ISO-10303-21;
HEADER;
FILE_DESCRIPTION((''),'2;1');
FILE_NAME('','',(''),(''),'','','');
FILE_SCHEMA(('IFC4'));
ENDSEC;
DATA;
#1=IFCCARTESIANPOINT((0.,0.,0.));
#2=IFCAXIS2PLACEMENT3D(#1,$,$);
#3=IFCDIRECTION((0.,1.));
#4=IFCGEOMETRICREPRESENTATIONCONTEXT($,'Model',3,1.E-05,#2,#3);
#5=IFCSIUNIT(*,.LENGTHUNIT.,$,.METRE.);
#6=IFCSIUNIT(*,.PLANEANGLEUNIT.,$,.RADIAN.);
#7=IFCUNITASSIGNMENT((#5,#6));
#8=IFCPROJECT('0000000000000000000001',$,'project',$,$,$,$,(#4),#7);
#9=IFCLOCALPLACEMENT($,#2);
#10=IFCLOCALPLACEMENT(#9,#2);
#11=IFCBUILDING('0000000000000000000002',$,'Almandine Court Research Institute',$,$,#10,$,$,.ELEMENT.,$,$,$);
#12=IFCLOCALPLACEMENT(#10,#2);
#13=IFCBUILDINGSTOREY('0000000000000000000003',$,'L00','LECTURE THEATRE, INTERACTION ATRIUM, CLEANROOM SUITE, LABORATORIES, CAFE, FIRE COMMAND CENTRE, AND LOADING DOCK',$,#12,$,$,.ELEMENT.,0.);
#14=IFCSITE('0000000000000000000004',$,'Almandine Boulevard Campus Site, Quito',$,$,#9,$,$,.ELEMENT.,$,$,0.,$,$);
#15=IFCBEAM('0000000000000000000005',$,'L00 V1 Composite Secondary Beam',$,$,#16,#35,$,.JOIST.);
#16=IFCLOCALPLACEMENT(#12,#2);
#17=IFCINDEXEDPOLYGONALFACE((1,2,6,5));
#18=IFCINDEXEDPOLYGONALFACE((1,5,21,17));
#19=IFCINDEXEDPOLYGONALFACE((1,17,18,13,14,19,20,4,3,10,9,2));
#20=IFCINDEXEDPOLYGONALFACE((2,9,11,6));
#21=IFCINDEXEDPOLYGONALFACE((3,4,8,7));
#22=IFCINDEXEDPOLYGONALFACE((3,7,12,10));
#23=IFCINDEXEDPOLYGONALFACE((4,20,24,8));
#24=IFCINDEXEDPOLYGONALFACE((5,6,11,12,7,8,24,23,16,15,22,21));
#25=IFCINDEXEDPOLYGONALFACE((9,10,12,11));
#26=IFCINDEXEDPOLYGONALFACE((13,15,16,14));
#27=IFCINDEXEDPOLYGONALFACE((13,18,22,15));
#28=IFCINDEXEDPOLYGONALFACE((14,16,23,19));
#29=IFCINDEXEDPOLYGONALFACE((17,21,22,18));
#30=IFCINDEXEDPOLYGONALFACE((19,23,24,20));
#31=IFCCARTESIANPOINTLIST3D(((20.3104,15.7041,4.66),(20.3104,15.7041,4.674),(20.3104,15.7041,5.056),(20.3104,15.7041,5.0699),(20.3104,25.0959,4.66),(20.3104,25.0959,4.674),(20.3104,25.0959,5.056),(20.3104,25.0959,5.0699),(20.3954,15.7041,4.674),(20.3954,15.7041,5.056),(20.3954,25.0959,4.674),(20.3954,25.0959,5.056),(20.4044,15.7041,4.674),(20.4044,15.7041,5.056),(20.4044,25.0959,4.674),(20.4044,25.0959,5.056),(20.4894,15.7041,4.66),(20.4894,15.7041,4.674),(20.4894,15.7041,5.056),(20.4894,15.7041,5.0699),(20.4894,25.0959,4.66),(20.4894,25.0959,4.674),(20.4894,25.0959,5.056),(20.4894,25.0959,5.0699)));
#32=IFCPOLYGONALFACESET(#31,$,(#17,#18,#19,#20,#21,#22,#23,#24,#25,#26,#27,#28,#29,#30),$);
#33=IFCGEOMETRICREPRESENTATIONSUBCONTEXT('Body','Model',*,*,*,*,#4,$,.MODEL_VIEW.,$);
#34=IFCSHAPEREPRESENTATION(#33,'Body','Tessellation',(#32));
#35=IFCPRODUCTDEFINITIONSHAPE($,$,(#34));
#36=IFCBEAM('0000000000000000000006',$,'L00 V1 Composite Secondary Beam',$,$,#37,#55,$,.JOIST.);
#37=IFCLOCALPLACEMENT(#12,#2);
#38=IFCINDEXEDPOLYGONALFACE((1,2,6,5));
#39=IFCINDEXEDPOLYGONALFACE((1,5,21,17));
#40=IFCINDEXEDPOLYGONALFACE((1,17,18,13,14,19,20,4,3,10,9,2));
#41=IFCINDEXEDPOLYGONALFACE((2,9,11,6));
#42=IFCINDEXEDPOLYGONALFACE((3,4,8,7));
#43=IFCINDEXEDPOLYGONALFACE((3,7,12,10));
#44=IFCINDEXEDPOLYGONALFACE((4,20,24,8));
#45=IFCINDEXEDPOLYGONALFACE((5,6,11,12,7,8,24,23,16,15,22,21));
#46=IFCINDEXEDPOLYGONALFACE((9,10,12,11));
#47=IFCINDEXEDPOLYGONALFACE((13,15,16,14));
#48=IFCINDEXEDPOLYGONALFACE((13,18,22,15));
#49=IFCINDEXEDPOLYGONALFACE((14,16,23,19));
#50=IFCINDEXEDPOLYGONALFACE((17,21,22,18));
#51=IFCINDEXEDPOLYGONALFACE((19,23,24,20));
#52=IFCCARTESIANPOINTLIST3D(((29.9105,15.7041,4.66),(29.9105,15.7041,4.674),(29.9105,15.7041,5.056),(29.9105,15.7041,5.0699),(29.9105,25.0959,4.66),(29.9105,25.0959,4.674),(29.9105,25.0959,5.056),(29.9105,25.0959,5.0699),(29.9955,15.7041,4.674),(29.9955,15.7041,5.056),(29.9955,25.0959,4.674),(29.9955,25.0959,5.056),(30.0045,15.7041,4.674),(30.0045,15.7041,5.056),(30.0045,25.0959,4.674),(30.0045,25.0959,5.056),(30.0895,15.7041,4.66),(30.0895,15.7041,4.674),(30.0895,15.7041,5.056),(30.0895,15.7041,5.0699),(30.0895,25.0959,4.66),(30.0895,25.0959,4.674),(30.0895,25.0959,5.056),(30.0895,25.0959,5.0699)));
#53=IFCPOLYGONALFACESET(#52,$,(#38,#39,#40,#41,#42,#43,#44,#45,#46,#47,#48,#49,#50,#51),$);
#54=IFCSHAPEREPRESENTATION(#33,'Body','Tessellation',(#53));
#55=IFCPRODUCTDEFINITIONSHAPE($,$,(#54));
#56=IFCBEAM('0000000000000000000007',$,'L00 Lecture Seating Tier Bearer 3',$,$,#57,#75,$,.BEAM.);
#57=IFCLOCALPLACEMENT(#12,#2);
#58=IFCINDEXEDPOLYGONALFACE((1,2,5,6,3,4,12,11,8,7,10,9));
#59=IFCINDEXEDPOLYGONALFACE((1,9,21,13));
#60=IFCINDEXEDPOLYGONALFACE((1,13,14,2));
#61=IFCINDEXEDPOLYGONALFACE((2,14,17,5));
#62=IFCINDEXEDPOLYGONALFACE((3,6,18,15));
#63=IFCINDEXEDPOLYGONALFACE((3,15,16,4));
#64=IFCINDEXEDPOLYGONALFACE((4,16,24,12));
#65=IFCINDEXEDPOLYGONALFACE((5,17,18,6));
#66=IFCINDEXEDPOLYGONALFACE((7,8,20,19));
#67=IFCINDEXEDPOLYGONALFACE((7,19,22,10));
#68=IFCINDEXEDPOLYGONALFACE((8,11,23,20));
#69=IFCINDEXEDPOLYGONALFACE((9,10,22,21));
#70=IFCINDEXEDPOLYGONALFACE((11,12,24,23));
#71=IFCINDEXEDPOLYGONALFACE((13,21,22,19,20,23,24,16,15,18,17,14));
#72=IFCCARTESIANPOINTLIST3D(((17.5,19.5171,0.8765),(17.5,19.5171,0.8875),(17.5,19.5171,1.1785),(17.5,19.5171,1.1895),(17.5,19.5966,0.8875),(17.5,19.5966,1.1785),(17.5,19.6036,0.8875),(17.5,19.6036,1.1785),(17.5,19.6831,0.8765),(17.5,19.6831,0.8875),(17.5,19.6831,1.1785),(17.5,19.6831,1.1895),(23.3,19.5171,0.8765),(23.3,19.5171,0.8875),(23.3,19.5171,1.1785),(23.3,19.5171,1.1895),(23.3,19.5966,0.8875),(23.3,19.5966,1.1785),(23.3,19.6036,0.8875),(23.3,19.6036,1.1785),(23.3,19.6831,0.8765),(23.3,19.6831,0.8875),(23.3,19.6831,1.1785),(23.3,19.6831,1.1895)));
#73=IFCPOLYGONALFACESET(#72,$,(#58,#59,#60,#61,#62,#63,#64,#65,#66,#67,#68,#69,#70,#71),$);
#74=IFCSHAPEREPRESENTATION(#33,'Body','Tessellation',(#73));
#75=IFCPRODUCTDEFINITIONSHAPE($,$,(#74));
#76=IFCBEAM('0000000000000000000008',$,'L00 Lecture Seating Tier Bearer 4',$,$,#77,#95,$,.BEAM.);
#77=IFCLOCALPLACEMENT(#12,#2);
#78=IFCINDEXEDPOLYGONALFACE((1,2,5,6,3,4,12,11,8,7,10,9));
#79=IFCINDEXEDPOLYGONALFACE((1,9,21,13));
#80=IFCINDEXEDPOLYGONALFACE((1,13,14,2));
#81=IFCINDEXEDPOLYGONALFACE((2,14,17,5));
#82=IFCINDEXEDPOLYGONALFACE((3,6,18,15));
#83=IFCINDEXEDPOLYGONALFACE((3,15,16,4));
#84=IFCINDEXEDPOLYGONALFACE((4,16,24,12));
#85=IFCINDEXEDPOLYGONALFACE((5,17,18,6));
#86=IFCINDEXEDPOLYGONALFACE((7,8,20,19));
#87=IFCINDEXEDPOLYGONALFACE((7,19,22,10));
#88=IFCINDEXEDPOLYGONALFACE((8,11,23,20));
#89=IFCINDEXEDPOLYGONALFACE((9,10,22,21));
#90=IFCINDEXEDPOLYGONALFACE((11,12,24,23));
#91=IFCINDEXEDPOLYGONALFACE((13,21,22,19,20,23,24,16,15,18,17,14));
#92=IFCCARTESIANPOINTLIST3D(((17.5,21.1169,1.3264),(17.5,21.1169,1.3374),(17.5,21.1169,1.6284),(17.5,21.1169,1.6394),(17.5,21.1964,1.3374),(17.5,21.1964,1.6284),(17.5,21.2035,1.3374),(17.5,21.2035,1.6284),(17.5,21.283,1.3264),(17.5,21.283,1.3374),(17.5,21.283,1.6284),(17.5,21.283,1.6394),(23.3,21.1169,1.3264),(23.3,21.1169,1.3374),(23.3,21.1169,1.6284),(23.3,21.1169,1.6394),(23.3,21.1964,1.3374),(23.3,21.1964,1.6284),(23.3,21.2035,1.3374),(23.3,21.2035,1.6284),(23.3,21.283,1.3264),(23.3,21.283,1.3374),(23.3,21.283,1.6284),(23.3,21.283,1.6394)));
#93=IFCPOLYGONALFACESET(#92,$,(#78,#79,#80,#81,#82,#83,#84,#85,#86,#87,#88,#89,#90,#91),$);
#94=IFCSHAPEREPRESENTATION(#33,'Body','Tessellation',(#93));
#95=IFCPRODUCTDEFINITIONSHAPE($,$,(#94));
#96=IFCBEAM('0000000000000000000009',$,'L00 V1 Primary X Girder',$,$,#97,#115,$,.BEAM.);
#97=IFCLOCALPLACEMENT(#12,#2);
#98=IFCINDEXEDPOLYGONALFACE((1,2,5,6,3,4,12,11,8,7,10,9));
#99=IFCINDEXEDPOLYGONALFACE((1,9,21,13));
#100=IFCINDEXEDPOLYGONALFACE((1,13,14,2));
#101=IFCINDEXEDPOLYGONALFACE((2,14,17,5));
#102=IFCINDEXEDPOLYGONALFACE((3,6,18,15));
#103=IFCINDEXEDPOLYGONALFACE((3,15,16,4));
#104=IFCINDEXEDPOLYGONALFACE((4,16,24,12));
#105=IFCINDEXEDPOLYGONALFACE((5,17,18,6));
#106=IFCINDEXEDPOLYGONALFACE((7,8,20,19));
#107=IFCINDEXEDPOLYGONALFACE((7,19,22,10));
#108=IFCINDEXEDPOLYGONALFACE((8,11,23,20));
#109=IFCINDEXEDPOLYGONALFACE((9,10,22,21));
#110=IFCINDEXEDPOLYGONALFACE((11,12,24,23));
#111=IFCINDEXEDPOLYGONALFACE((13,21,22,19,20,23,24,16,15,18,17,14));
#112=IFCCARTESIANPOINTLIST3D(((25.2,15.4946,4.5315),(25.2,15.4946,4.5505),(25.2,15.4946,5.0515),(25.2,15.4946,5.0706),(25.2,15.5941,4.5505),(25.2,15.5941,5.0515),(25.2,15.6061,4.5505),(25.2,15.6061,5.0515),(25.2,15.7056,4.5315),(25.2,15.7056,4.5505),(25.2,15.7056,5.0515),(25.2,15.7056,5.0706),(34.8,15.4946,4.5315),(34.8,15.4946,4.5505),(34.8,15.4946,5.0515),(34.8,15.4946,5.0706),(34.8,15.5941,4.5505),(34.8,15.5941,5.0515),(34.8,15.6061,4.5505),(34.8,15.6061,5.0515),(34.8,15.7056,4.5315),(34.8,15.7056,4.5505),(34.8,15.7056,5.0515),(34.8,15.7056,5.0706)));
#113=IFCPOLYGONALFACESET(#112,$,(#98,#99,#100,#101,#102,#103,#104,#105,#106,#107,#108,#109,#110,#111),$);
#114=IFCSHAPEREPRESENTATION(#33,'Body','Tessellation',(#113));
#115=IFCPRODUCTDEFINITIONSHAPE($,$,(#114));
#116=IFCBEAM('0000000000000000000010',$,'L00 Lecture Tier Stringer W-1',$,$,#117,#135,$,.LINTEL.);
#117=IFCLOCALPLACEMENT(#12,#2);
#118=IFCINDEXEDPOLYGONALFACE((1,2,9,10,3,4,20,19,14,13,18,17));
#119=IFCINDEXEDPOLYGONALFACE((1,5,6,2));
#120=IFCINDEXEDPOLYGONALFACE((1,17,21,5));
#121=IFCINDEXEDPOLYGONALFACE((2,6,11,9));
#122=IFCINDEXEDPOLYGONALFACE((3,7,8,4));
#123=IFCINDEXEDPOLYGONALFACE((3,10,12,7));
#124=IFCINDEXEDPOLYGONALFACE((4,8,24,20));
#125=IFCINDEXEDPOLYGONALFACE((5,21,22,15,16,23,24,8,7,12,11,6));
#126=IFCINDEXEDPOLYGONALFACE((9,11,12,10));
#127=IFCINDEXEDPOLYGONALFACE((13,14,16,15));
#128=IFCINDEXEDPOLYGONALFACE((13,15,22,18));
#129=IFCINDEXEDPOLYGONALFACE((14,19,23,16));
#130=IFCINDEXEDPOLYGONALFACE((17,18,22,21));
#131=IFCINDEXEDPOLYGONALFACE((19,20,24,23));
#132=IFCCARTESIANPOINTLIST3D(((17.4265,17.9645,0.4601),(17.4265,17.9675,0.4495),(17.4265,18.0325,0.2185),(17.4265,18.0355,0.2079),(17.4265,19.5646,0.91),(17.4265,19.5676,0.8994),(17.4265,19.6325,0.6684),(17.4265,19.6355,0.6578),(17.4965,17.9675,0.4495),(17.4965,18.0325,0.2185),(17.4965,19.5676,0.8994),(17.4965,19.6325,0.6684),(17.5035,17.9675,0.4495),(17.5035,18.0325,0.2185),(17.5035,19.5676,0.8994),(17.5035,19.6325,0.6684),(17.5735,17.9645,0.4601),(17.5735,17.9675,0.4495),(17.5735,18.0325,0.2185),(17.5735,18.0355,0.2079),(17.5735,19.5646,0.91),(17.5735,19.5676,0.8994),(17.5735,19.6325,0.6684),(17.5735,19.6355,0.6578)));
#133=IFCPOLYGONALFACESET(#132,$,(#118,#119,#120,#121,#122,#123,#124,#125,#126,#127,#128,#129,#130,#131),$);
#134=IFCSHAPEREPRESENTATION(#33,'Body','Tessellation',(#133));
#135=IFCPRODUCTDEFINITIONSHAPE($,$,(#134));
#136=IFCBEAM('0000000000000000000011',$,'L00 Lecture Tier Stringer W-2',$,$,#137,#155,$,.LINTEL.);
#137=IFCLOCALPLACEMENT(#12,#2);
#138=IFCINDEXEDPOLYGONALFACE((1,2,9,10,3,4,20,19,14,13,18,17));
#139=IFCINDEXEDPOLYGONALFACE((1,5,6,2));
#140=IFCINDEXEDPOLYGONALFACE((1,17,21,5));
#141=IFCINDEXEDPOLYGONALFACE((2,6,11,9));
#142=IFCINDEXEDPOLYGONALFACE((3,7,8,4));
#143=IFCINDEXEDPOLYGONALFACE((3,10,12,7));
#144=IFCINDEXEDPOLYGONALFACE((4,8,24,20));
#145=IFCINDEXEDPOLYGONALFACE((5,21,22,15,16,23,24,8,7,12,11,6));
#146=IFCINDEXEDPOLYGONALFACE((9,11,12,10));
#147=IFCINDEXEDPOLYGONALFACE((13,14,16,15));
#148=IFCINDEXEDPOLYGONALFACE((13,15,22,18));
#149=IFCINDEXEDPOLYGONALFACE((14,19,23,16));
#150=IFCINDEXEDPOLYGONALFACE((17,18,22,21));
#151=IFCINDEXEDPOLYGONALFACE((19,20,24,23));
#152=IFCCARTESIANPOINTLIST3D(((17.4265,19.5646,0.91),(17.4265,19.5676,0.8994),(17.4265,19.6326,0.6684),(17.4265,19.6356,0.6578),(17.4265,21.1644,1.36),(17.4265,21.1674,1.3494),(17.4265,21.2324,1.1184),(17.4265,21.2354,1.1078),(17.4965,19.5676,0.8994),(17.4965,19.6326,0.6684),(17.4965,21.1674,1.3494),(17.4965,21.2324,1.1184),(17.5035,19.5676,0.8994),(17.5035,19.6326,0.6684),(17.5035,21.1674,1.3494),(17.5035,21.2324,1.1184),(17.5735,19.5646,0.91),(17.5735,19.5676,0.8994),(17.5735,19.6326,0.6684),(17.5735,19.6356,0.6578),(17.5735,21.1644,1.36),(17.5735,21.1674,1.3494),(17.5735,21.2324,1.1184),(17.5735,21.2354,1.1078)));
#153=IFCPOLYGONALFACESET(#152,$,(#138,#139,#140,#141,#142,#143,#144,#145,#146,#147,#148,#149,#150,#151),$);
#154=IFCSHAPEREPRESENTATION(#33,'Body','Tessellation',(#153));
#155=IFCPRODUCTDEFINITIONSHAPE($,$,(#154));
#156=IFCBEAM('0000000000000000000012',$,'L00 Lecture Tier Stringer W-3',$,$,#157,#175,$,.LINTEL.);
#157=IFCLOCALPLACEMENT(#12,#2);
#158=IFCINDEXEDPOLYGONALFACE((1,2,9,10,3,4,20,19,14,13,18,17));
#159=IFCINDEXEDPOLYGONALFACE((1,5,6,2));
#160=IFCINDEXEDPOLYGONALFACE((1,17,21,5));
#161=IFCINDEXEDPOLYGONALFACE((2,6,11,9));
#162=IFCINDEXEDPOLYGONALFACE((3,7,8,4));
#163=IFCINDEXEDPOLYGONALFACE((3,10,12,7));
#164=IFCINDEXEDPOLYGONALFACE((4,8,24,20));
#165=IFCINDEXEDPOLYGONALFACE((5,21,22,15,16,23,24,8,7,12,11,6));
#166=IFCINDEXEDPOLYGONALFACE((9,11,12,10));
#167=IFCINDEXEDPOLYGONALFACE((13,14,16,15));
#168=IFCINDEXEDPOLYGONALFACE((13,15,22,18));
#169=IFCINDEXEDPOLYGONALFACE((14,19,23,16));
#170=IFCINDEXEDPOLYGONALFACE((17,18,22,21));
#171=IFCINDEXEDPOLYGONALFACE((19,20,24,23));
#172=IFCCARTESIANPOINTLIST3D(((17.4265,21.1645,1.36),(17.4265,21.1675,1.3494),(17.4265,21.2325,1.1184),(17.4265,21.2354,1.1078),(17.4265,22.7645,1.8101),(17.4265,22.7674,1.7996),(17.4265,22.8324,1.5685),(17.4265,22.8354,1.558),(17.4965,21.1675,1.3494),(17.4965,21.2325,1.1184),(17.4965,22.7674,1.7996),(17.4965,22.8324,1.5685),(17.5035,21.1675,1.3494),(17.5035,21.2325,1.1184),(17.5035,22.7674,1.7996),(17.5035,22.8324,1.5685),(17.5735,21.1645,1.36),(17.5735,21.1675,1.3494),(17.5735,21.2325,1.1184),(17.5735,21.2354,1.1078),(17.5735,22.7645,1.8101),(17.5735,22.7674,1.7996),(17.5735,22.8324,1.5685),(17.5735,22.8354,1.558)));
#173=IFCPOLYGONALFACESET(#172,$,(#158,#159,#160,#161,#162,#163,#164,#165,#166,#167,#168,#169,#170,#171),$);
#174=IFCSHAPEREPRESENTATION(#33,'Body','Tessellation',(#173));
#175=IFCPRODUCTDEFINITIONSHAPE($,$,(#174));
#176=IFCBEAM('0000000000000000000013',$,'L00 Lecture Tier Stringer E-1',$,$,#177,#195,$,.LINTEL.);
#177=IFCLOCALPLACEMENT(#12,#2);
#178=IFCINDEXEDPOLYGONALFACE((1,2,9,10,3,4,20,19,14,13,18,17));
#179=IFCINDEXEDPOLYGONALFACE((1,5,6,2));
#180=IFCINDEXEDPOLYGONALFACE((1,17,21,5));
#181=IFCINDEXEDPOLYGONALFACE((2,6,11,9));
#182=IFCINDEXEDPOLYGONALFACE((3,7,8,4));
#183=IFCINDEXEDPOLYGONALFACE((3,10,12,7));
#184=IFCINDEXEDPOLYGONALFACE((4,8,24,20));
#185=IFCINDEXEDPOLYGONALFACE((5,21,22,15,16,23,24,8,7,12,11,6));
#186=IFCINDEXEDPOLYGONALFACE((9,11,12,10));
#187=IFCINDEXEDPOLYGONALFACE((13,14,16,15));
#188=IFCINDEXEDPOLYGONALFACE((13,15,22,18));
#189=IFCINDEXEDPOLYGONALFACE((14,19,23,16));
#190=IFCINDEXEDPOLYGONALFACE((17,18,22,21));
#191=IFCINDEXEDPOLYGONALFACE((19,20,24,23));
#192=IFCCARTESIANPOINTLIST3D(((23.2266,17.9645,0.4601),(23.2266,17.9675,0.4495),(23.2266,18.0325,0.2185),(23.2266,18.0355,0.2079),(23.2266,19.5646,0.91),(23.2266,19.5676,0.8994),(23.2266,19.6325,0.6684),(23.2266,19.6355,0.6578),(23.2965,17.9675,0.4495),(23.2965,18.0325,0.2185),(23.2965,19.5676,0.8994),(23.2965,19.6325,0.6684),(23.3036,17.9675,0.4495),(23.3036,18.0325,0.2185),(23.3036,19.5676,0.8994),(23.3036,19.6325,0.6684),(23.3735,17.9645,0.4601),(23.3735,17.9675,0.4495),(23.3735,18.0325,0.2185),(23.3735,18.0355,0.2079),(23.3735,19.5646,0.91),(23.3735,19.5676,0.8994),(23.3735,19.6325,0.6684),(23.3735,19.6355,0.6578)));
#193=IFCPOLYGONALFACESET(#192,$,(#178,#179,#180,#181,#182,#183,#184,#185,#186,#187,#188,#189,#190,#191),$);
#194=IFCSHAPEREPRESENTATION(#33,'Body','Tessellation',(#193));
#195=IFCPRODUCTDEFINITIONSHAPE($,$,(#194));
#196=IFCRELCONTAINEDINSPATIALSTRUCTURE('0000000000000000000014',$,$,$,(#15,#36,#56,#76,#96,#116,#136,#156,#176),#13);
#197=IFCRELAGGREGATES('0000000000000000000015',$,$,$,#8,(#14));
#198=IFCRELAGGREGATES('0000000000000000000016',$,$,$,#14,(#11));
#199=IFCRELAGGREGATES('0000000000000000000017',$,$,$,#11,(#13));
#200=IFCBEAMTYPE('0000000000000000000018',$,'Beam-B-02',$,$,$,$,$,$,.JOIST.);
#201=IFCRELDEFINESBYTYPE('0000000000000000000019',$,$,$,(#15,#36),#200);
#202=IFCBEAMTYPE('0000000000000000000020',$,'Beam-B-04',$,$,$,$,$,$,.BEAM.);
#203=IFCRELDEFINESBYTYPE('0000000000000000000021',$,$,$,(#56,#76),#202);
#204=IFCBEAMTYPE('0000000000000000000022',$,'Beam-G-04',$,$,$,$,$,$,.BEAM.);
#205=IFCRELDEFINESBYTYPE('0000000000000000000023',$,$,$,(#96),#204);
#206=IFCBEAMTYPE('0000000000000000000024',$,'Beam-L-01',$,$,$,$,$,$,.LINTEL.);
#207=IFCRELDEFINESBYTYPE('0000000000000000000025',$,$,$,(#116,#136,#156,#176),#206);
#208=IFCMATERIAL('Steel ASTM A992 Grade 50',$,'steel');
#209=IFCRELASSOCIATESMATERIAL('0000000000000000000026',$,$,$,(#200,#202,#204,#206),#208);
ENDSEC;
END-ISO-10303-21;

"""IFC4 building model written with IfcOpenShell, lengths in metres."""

from ifc_helpers import new_model, si_unit, direction, frame, origin, origin_2d, place, context, subcontext, project, spatial, i_section, extrude, material, material_profile, profile_set, type_object, element, save


model = new_model("IFC4")

# Units and contexts
model_context = context("Model", 3, precision=1e-05, world=origin(), true_north=direction((0.0, 1.0)))
body_context = subcontext(model_context, "Body", "Model", "MODEL_VIEW")
ifc_project = project(units=[si_unit("LENGTHUNIT", "METRE"), si_unit("PLANEANGLEUNIT", "RADIAN")], contexts=[model_context])

# Site, building, storey
site_placement = place(None, origin())
site = spatial("IfcSite", under=ifc_project, at=site_placement, Name="Almandine Boulevard Campus Site, Quito", CompositionType="ELEMENT", RefElevation=0.0)
building_placement = place(site_placement, origin())
building = spatial("IfcBuilding", under=site, at=building_placement, Name="Almandine Court Research Institute", CompositionType="ELEMENT")
storey_placement = place(building_placement, origin())
storey = spatial("IfcBuildingStorey", under=building, at=storey_placement, Name="L00", Description="LECTURE THEATRE, INTERACTION ATRIUM, CLEANROOM SUITE, LABORATORIES, CAFE, FIRE COMMAND CENTRE, AND LOADING DOCK", CompositionType="ELEMENT", Elevation=0.0)

# Shared definitions
ifc_material_1 = material(Name="Steel ASTM A992 Grade 50", Category="steel")

# Beams
ifc_material_profile_1 = material_profile(ifc_material_1, i_section(OverallWidth=0.179, OverallDepth=0.4099, WebThickness=0.009, FlangeThickness=0.0139, at=origin_2d()), Name="W410x67")
ifc_profile_set_1 = profile_set([ifc_material_profile_1], Name="Steel ASTM A992 Grade 50")
beam_type_1 = type_object("IfcBeamType", Name="Beam-B-02", PredefinedType="JOIST", material=ifc_profile_set_1)
for number, where, z_axis, x_axis, name in (
    (1, (20.3999, 15.7041, 4.865), (0.0, 1.0, 0.0), (-1.0, 0.0, 0.0), "L00 V1 Composite Secondary Beam"),
    (2, (30.0, 15.7041, 4.865), (0.0, 1.0, 0.0), (-1.0, 0.0, 0.0), "L00 V1 Composite Secondary Beam"),
):
    element("IfcBeam", number, at=place(storey_placement, frame(where, z_axis=z_axis, x_axis=x_axis)), inside=storey, type_object=beam_type_1, Name=name, PredefinedType="JOIST", context=body_context, shape_type="SweptSolid", body=[
        extrude(i_section(OverallWidth=0.179, OverallDepth=0.4099, WebThickness=0.009, FlangeThickness=0.0139, at=origin_2d()), origin(), (0.0, 0.0, 1.0), 9.3918),
    ])
ifc_material_profile_2 = material_profile(ifc_material_1, i_section(OverallWidth=0.166, OverallDepth=0.313, WebThickness=0.0071, FlangeThickness=0.011, at=origin_2d()), Name="W310x45")
ifc_profile_set_2 = profile_set([ifc_material_profile_2], Name="Steel ASTM A992 Grade 50")
beam_type_2 = type_object("IfcBeamType", Name="Beam-B-04", PredefinedType="BEAM", material=ifc_profile_set_2)
for number, where, z_axis, x_axis, name in (
    (3, (17.5, 19.6001, 1.033), (1.0, 0.0, 0.0), (0.0, 1.0, 0.0), "L00 Lecture Seating Tier Bearer 3"),
    (4, (17.5, 21.2, 1.4829), (1.0, 0.0, 0.0), (0.0, 1.0, 0.0), "L00 Lecture Seating Tier Bearer 4"),
):
    element("IfcBeam", number, at=place(storey_placement, frame(where, z_axis=z_axis, x_axis=x_axis)), inside=storey, type_object=beam_type_2, Name=name, PredefinedType="BEAM", context=body_context, shape_type="SweptSolid", body=[
        extrude(i_section(OverallWidth=0.166, OverallDepth=0.313, WebThickness=0.0071, FlangeThickness=0.011, at=origin_2d()), origin(), (0.0, 0.0, 1.0), 5.8),
    ])
ifc_material_profile_3 = material_profile(ifc_material_1, i_section(OverallWidth=0.2109, OverallDepth=0.5391, WebThickness=0.012, FlangeThickness=0.019, at=origin_2d()), Name="W530x109")
ifc_profile_set_3 = profile_set([ifc_material_profile_3], Name="Steel ASTM A992 Grade 50")
beam_type_3 = type_object("IfcBeamType", Name="Beam-G-04", PredefinedType="BEAM", material=ifc_profile_set_3)
beam_1_placement = place(storey_placement, frame((25.2, 15.6001, 4.801), z_axis=(1.0, 0.0, 0.0), x_axis=(0.0, 1.0, 0.0)))
element("IfcBeam", 5, at=beam_1_placement, inside=storey, type_object=beam_type_3, Name="L00 V1 Primary X Girder", PredefinedType="BEAM", context=body_context, shape_type="SweptSolid", body=[
    extrude(i_section(OverallWidth=0.2109, OverallDepth=0.5391, WebThickness=0.012, FlangeThickness=0.019, at=origin_2d()), origin(), (0.0, 0.0, 1.0), 9.6001),
])
ifc_material_profile_4 = material_profile(ifc_material_1, i_section(OverallWidth=0.147, OverallDepth=0.262, WebThickness=0.0071, FlangeThickness=0.011, at=origin_2d()), Name="W250x39")
ifc_profile_set_4 = profile_set([ifc_material_profile_4], Name="Steel ASTM A992 Grade 50")
beam_type_4 = type_object("IfcBeamType", Name="Beam-L-01", PredefinedType="LINTEL", material=ifc_profile_set_4)
beam_2_placement = place(storey_placement, frame((17.5, 18.0, 0.334), z_axis=(0.0, 0.962663, 0.270703), x_axis=(-1.0, 0.0, 0.0)))
element("IfcBeam", 6, at=beam_2_placement, inside=storey, type_object=beam_type_4, Name="L00 Lecture Tier Stringer W-1", PredefinedType="LINTEL", context=body_context, shape_type="SweptSolid", body=[
    extrude(i_section(OverallWidth=0.147, OverallDepth=0.262, WebThickness=0.0071, FlangeThickness=0.011, at=origin_2d()), origin(), (0.0, 0.0, 1.0), 1.6621),
])
beam_3_placement = place(storey_placement, frame((17.5, 19.6001, 0.7839), z_axis=(0.0, 0.962652, 0.270741), x_axis=(-1.0, 0.0, 0.0)))
element("IfcBeam", 7, at=beam_3_placement, inside=storey, type_object=beam_type_4, Name="L00 Lecture Tier Stringer W-2", PredefinedType="LINTEL", context=body_context, shape_type="SweptSolid", body=[
    extrude(i_section(OverallWidth=0.147, OverallDepth=0.262, WebThickness=0.0071, FlangeThickness=0.011, at=origin_2d()), origin(), (0.0, 0.0, 1.0), 1.6619),
])
for number, where, z_axis, x_axis, name in (
    (8, (17.5, 21.2, 1.2339), (0.0, 0.962625, 0.270839), (-1.0, 0.0, 0.0), "L00 Lecture Tier Stringer W-3"),
    (9, (23.3, 18.0, 0.334), (0.0, 0.962663, 0.270703), (-1.0, 0.0, 0.0), "L00 Lecture Tier Stringer E-1"),
):
    element("IfcBeam", number, at=place(storey_placement, frame(where, z_axis=z_axis, x_axis=x_axis)), inside=storey, type_object=beam_type_4, Name=name, PredefinedType="LINTEL", context=body_context, shape_type="SweptSolid", body=[
        extrude(i_section(OverallWidth=0.147, OverallDepth=0.262, WebThickness=0.0071, FlangeThickness=0.011, at=origin_2d()), origin(), (0.0, 0.0, 1.0), 1.6621),
    ])

save(model, "model.ifc")
